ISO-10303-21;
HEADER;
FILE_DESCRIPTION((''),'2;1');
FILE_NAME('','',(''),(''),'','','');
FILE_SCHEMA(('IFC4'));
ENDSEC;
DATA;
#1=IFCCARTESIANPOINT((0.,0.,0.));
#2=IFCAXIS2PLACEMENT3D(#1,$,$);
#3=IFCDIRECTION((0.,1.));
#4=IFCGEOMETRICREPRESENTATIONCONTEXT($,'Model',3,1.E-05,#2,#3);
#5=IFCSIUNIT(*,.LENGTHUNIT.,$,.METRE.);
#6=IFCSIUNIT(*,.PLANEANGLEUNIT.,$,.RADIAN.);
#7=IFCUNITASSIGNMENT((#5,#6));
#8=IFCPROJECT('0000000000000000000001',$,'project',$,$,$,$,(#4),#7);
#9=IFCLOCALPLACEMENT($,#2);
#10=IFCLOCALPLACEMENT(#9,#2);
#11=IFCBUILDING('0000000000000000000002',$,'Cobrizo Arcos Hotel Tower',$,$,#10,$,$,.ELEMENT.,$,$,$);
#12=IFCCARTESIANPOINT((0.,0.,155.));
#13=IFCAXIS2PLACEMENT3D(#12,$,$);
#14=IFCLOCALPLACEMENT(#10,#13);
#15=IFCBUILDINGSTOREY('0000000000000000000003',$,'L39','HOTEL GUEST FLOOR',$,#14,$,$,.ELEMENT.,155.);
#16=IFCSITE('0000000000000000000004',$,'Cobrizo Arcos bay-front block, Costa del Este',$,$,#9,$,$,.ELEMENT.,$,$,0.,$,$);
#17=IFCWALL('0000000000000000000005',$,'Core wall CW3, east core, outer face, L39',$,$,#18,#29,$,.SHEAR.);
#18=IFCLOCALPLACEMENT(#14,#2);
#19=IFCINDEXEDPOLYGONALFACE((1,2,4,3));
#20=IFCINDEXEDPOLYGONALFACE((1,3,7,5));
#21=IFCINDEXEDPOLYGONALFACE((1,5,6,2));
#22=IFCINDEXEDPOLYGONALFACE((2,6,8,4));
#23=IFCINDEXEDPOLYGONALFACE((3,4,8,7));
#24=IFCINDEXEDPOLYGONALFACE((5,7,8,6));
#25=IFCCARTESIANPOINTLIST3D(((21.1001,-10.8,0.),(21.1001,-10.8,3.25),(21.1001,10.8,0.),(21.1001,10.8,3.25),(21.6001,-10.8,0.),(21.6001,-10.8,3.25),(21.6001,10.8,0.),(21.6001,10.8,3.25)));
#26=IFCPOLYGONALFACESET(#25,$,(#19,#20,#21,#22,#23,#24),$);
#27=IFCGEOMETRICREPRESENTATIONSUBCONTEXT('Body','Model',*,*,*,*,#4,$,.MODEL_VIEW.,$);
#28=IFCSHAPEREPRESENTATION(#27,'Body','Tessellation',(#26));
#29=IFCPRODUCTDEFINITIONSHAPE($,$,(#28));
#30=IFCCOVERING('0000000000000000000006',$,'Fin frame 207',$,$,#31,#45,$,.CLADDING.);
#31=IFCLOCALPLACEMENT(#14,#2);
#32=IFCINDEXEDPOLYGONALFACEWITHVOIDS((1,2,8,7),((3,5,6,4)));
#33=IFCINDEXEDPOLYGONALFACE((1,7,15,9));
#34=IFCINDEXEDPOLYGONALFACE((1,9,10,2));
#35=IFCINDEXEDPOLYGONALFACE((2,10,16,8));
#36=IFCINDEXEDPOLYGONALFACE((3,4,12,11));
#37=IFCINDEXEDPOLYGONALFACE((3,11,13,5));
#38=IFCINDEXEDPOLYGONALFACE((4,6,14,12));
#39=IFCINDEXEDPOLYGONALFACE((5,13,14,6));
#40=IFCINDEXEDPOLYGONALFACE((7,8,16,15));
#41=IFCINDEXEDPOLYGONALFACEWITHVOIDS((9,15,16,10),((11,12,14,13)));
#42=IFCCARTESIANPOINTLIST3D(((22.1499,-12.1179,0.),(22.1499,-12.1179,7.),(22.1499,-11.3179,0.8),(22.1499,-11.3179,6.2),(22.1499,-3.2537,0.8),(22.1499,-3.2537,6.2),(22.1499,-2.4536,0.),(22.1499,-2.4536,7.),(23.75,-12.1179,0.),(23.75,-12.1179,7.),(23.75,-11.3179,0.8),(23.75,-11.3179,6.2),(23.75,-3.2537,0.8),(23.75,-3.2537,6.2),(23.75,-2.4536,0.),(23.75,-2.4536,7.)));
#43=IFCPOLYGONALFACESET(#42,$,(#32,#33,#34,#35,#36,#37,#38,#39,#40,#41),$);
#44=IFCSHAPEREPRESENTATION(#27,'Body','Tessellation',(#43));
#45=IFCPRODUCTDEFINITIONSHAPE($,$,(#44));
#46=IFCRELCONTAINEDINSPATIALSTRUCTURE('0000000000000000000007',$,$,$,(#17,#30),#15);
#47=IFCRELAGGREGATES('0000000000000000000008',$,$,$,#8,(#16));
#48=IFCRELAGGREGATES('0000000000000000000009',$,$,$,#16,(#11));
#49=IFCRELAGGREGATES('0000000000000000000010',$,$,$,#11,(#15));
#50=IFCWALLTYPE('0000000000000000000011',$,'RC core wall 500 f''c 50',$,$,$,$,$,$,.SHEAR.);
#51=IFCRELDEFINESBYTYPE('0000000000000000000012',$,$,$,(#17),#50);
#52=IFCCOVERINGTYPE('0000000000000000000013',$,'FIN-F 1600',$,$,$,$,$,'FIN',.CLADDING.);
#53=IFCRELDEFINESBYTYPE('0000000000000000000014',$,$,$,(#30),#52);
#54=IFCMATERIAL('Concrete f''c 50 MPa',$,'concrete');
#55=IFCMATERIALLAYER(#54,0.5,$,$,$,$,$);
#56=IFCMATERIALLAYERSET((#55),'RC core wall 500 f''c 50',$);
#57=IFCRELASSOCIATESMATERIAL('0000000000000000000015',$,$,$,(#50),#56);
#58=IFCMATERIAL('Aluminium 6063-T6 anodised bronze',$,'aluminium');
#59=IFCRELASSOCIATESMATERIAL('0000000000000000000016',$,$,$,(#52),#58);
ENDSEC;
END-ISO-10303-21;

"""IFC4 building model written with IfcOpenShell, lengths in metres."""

from ifc_helpers import new_model, si_unit, direction, frame, frame_2d, origin, place, context, subcontext, project, spatial, polyline, rectangle, outline, extrude, material, layer, layer_set, type_object, element, save


model = new_model("IFC4")

# Units and contexts
model_context = context("Model", 3, precision=1e-05, world=origin(), true_north=direction((0.0, 1.0)))
body_context = subcontext(model_context, "Body", "Model", "MODEL_VIEW")
ifc_project = project(units=[si_unit("LENGTHUNIT", "METRE"), si_unit("PLANEANGLEUNIT", "RADIAN")], contexts=[model_context])

# Site, building, storey
site_placement = place(None, origin())
site = spatial("IfcSite", under=ifc_project, at=site_placement, Name="Cobrizo Arcos bay-front block, Costa del Este", CompositionType="ELEMENT", RefElevation=0.0)
building_placement = place(site_placement, origin())
building = spatial("IfcBuilding", under=site, at=building_placement, Name="Cobrizo Arcos Hotel Tower", CompositionType="ELEMENT")
storey_placement = place(building_placement, frame((0.0, 0.0, 155.0)))
storey = spatial("IfcBuildingStorey", under=building, at=storey_placement, Name="L39", Description="HOTEL GUEST FLOOR", CompositionType="ELEMENT", Elevation=155.0)

# Shared definitions
ifc_material_1 = material(Name="Aluminium 6063-T6 anodised bronze", Category="aluminium")

# Shared definitions
ifc_material_2 = material(Name="Concrete f'c 50 MPa", Category="concrete")
ifc_layer_1 = layer(ifc_material_2, 0.5)
ifc_layer_set_1 = layer_set([ifc_layer_1], Name="RC core wall 500 f'c 50")
wall_type_1 = type_object("IfcWallType", Name="RC core wall 500 f'c 50", PredefinedType="SHEAR", material=ifc_layer_set_1)

# Wall
wall_1_placement = place(storey_placement, frame((21.3501, -10.8, 0.0), z_axis=(0.0, 0.0, 1.0), x_axis=(0.0, 1.0, 0.0)))
element("IfcWall", 1, at=wall_1_placement, inside=storey, type_object=wall_type_1, Name="Core wall CW3, east core, outer face, L39", PredefinedType="SHEAR", context=body_context, shape_type="SweptSolid", body=[
    extrude(rectangle(XDim=21.6001, YDim=0.5, at=frame_2d((10.8, 0.0))), origin(), (0.0, 0.0, 1.0), 3.25),
])

# Covering
covering_type = type_object("IfcCoveringType", Name="FIN-F 1600", ElementType="FIN", PredefinedType="CLADDING", material=ifc_material_1)
covering_placement = place(storey_placement, frame((22.1499, -12.1179, 0.0), z_axis=(1.0, 0.0, 0.0), x_axis=(0.0, 1.0, 0.0)))
element("IfcCovering", 2, at=covering_placement, inside=storey, type_object=covering_type, Name="Fin frame 207", PredefinedType="CLADDING", context=body_context, shape_type="SweptSolid", body=[
    extrude(outline(polyline([(0.0, 7.0), (0.0, 0.0), (9.6643, 0.0), (9.6643, 7.0), (0.0, 7.0)]), holes=[polyline([(8.8643, 0.8), (0.8, 0.8), (0.8, 6.2), (8.8643, 6.2), (8.8643, 0.8)])]), origin(), (0.0, 0.0, 1.0), 1.6001),
])

save(model, "model.ifc")
